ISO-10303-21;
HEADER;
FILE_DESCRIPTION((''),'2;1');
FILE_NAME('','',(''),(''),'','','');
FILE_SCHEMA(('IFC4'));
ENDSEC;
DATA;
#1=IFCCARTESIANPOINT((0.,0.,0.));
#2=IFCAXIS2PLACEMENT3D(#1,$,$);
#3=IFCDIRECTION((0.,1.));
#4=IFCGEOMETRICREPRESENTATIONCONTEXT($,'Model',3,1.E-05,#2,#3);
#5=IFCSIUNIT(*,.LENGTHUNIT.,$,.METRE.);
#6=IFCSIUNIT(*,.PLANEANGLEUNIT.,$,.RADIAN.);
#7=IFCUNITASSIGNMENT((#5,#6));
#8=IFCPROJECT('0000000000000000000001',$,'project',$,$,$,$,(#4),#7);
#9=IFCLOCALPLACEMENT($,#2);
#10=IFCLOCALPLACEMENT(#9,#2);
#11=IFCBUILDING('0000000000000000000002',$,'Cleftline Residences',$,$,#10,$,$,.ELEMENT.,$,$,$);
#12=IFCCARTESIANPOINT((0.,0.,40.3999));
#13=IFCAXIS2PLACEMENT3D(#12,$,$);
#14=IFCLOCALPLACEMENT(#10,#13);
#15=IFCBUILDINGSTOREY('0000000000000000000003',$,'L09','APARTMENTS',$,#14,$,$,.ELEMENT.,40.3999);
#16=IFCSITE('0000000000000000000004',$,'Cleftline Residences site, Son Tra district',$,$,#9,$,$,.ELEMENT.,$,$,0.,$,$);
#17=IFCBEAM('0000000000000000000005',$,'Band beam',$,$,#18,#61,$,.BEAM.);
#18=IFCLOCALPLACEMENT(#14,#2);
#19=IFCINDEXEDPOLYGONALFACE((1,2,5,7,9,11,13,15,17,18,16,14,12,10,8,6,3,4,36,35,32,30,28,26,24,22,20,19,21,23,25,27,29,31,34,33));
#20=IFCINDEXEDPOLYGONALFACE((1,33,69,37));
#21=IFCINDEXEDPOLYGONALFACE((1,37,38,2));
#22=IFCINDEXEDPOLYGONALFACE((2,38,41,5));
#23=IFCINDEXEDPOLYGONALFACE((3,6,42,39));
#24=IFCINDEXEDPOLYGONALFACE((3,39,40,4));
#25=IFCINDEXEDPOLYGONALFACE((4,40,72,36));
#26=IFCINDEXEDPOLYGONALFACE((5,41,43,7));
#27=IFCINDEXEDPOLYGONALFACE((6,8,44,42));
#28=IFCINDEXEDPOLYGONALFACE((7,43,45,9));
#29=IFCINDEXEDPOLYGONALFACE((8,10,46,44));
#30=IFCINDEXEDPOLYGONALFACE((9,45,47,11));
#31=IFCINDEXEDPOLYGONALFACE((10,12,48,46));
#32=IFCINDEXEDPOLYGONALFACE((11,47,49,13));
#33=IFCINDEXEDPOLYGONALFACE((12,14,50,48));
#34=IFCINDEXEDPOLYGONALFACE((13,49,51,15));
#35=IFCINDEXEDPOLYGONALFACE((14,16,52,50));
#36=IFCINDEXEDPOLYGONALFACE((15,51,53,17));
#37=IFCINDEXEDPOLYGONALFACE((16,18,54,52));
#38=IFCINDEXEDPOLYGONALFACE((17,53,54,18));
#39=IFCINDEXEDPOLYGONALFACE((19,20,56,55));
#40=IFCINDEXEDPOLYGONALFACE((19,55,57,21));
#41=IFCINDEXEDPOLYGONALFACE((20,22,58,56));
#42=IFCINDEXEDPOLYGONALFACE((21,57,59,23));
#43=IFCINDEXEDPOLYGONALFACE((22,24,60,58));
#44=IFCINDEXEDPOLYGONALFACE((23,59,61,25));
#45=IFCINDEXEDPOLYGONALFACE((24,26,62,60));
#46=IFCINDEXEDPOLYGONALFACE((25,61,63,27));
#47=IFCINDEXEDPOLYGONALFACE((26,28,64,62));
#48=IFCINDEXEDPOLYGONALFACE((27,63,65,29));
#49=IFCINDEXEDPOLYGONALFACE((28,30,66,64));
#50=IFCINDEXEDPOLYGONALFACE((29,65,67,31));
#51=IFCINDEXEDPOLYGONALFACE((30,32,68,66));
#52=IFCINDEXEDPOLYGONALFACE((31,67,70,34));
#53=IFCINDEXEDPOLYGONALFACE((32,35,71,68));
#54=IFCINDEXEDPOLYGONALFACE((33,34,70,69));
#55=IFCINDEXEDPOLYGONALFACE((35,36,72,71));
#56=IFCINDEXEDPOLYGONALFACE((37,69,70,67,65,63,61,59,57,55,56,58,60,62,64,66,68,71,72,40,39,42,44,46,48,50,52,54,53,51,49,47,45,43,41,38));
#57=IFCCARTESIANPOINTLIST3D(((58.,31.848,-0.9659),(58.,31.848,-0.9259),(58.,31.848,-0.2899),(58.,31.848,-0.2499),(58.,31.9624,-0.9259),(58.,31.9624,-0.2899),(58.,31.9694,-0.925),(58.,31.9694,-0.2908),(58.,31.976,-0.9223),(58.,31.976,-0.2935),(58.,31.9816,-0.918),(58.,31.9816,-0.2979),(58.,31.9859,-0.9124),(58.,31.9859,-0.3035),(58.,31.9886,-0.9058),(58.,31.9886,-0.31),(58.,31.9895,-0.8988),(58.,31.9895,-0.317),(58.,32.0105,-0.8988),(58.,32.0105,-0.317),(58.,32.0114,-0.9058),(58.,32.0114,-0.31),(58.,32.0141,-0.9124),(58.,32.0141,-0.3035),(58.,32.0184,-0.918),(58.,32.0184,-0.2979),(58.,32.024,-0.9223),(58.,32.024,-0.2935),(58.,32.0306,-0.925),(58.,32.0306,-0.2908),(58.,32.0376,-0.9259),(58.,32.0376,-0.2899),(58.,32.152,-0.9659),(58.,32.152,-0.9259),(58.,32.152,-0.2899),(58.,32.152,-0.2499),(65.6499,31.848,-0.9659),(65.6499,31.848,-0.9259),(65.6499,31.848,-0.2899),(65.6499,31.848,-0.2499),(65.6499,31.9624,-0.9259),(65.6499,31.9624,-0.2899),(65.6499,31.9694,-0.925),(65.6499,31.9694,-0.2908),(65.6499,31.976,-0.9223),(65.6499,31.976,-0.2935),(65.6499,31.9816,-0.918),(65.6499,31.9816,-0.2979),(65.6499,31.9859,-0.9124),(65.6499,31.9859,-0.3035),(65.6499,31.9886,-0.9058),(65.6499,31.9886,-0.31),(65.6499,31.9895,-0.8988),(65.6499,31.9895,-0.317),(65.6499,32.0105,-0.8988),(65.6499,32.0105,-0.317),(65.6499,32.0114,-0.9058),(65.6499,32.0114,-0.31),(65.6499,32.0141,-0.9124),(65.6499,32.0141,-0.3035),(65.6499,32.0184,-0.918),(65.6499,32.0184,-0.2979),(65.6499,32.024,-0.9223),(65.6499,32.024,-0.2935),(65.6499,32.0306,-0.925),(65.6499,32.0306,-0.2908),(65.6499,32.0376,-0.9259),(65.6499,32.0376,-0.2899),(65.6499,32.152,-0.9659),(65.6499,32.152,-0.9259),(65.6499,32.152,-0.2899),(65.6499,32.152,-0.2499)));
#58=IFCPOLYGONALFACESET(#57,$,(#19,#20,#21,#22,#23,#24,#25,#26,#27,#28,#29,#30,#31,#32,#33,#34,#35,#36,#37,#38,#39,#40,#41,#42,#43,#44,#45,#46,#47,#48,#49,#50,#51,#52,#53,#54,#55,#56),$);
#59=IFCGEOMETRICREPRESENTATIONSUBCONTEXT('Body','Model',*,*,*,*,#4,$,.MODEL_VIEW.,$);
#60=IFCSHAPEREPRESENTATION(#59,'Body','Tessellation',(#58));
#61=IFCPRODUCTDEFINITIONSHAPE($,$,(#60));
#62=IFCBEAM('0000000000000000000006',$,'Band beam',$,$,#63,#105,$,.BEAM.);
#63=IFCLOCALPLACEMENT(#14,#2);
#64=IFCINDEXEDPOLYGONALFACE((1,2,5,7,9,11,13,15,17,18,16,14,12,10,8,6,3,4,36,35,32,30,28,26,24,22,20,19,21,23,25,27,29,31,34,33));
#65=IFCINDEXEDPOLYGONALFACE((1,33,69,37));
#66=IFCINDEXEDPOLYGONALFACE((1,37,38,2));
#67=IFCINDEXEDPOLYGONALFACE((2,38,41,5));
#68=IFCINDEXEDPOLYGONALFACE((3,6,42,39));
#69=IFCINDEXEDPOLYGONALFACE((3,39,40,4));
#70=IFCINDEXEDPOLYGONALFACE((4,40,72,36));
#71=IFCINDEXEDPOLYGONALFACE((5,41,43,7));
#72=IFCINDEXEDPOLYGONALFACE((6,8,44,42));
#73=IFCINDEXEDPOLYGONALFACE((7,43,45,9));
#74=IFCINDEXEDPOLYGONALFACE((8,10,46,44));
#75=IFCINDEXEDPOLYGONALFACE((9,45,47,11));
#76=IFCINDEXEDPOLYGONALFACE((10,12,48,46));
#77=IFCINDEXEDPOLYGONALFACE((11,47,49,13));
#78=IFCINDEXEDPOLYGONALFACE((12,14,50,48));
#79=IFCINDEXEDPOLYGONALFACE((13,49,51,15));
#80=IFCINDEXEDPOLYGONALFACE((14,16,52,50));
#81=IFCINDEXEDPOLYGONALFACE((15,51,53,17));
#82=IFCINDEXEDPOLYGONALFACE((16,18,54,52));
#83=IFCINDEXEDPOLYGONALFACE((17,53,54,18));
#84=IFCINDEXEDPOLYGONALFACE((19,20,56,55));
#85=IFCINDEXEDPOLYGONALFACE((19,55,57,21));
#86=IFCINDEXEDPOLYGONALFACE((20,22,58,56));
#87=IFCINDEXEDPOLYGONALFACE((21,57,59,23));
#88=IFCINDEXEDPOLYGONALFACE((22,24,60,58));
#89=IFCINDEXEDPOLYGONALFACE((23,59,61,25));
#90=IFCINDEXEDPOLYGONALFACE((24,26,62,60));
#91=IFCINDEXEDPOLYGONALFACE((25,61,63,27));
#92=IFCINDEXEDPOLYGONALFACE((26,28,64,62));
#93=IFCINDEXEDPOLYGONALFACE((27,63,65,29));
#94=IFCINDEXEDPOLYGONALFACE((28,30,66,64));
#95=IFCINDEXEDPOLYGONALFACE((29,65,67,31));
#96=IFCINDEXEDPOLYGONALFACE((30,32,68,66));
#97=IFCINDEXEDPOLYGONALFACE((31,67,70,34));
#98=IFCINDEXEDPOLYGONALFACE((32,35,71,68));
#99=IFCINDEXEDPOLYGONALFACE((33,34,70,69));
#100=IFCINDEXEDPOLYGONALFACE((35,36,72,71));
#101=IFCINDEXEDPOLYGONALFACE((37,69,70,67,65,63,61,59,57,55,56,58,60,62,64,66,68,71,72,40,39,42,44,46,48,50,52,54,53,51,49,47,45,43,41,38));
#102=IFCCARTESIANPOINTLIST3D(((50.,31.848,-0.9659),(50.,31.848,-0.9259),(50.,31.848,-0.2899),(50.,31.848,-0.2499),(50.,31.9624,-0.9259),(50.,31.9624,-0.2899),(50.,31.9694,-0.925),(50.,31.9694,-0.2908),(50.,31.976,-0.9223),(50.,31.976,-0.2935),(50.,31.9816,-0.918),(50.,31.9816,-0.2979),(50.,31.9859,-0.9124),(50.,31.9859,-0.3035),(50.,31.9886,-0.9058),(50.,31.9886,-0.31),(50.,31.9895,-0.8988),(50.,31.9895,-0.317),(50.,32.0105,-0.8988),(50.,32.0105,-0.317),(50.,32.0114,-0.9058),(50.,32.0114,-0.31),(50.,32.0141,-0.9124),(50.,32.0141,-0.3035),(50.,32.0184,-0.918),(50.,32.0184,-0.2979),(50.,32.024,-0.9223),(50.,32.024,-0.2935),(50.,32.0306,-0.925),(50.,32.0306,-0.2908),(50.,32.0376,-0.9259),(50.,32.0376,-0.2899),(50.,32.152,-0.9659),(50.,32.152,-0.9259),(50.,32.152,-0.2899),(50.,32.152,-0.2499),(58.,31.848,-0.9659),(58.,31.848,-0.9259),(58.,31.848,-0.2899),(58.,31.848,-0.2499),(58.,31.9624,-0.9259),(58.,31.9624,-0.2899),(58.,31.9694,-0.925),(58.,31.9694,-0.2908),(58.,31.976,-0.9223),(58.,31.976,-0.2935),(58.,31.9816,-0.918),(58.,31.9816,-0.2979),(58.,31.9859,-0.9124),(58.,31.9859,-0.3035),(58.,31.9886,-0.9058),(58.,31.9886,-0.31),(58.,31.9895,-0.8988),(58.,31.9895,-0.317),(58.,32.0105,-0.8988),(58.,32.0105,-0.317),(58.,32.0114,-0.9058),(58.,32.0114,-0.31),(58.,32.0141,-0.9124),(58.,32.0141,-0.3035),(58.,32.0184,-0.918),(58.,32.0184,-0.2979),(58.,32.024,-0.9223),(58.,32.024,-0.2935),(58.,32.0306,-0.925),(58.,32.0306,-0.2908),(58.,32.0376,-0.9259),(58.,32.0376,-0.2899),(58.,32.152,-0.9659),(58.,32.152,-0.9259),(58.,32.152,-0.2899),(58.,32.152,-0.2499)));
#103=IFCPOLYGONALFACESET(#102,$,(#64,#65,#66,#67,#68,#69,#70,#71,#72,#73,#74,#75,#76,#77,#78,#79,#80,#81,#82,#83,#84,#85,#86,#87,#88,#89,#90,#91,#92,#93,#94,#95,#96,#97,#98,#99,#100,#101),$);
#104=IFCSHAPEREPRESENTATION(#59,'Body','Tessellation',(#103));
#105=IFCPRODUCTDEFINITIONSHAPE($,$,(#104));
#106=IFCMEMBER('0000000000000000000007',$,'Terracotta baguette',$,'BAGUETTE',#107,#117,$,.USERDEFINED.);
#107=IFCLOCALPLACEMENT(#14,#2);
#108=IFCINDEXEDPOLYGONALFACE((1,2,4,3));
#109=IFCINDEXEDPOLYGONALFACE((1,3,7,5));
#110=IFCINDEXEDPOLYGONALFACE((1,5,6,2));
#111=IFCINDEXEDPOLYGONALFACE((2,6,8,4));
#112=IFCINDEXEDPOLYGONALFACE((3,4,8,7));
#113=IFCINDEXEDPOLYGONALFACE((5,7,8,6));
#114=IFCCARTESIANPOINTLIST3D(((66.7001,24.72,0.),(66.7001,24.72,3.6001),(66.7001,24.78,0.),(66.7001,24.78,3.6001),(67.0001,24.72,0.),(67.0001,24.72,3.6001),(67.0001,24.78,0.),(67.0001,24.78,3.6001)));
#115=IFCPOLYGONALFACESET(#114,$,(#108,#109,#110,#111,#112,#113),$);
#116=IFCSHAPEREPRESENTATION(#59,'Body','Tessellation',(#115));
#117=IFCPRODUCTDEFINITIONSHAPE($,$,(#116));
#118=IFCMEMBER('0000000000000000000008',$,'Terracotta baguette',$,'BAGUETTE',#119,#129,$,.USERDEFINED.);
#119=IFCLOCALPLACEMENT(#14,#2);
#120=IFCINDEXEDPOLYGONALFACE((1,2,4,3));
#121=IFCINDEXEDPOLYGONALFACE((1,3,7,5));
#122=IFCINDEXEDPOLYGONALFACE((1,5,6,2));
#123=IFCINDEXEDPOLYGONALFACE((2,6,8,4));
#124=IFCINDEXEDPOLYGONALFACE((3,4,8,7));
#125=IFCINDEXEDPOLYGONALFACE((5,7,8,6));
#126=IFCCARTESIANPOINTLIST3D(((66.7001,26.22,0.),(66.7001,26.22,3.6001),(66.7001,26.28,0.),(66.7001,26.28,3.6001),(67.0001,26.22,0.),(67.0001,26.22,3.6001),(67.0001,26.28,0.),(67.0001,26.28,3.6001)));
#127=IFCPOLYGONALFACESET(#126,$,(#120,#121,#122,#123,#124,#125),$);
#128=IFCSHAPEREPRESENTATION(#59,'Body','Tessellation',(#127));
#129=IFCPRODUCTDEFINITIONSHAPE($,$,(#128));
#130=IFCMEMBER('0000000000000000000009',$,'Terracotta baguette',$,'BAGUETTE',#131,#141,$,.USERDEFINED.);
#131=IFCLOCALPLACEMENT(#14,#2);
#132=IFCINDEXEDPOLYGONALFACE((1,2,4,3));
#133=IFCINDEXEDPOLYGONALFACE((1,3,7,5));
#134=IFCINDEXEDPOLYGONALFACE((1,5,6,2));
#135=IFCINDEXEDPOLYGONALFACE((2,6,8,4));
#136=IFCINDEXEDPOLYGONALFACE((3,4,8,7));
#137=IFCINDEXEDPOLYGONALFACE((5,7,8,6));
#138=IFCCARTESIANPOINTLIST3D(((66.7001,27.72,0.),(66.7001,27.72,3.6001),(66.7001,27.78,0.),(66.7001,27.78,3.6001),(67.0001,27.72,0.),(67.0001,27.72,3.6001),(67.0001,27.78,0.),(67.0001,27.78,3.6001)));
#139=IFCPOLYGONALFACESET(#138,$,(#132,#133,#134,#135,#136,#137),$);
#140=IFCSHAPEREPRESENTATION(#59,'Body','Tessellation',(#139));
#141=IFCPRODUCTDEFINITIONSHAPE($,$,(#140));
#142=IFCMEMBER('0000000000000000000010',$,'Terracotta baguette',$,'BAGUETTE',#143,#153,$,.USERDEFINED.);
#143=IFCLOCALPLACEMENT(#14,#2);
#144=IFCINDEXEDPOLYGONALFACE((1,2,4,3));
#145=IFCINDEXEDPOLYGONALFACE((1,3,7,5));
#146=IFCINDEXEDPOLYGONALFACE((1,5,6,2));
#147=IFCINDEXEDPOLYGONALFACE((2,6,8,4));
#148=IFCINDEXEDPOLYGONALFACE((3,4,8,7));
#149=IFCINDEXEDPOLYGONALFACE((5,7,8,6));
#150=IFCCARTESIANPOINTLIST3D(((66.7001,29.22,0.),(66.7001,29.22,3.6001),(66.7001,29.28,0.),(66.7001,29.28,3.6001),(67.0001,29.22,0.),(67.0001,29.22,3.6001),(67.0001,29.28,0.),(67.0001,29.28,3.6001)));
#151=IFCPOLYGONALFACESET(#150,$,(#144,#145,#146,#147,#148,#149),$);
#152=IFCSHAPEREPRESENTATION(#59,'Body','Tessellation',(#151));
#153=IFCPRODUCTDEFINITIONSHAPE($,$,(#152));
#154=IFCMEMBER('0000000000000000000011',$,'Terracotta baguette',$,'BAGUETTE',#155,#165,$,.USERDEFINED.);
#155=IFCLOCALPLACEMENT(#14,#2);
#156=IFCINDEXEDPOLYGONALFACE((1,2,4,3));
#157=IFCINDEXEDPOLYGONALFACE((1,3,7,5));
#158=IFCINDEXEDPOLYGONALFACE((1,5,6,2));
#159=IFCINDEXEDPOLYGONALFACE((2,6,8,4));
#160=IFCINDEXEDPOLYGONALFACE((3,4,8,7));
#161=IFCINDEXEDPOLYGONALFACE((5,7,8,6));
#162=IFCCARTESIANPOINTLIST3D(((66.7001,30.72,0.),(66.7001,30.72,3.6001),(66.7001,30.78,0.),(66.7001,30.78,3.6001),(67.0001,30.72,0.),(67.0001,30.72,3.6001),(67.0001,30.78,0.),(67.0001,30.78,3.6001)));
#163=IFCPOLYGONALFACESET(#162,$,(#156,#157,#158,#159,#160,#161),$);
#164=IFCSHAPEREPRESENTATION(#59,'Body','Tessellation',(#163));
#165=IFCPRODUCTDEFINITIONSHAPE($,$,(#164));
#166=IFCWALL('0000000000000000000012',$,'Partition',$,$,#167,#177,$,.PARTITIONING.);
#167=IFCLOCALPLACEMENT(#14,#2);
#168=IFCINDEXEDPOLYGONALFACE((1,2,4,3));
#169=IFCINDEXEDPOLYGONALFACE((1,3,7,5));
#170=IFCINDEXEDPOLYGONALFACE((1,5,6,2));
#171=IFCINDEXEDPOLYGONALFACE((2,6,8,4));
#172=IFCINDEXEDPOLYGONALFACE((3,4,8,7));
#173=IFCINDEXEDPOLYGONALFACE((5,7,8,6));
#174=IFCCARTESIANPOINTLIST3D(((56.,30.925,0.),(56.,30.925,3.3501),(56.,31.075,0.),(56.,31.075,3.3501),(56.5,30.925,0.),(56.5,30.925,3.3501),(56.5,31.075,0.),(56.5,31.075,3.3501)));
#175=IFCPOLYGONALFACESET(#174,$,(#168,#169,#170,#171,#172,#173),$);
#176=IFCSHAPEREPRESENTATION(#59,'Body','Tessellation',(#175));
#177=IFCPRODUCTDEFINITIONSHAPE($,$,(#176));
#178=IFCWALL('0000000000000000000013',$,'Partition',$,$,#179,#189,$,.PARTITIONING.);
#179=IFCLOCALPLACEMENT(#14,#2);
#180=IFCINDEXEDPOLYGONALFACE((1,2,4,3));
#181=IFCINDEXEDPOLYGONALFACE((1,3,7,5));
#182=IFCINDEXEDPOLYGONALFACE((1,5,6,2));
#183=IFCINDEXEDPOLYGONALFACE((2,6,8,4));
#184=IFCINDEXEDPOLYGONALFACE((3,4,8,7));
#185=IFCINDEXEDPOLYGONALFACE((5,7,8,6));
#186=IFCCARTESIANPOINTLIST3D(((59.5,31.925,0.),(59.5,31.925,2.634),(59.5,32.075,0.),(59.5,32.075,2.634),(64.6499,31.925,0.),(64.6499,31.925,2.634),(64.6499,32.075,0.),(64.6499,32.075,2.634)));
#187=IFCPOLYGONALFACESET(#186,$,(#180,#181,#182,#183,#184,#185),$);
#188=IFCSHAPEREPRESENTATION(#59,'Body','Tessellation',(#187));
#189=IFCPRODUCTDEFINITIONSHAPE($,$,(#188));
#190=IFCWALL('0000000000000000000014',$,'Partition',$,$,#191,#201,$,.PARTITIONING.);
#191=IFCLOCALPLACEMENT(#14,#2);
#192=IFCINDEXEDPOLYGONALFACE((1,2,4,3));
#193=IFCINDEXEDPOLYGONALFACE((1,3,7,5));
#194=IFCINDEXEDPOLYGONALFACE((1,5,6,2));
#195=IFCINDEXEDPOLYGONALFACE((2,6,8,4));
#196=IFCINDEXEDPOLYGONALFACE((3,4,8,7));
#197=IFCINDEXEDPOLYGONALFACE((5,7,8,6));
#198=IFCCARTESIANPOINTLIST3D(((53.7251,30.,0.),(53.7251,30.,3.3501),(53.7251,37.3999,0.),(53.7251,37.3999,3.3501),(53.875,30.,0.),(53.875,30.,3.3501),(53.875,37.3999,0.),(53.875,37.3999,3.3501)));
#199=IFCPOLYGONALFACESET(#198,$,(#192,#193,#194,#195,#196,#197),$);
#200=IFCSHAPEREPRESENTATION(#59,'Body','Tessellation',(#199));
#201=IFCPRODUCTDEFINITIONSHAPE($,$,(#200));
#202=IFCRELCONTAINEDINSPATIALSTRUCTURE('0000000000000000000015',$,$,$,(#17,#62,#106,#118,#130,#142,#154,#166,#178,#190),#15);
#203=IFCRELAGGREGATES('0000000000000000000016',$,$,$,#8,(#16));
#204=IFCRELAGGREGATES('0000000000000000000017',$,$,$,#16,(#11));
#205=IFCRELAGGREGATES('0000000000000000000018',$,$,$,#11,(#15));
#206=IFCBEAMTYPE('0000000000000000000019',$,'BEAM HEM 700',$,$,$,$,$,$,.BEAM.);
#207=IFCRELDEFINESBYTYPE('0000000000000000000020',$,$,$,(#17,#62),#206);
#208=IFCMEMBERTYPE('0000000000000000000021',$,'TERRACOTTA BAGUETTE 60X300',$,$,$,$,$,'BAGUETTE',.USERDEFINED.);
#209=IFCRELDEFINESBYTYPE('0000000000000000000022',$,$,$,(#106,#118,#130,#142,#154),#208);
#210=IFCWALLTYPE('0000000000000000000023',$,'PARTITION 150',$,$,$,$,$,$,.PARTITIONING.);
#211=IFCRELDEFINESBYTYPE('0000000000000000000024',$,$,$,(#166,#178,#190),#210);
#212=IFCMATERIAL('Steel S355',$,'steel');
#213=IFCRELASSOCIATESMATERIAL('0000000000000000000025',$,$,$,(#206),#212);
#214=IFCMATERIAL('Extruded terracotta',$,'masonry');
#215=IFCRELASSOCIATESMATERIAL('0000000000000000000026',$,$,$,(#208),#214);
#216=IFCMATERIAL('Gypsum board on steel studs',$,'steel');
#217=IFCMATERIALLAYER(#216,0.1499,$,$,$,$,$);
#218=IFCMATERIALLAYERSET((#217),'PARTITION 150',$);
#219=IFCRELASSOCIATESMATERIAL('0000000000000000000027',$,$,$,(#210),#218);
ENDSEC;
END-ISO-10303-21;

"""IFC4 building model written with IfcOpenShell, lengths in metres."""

from ifc_helpers import new_model, si_unit, direction, frame, frame_2d, origin, origin_2d, place, context, subcontext, project, spatial, rectangle, i_section, extrude, material, layer, layer_set, material_profile, profile_set, type_object, element, save


model = new_model("IFC4")

# Units and contexts
model_context = context("Model", 3, precision=1e-05, world=origin(), true_north=direction((0.0, 1.0)))
body_context = subcontext(model_context, "Body", "Model", "MODEL_VIEW")
ifc_project = project(units=[si_unit("LENGTHUNIT", "METRE"), si_unit("PLANEANGLEUNIT", "RADIAN")], contexts=[model_context])

# Site, building, storey
site_placement = place(None, origin())
site = spatial("IfcSite", under=ifc_project, at=site_placement, Name="Cleftline Residences site, Son Tra district", CompositionType="ELEMENT", RefElevation=0.0)
building_placement = place(site_placement, origin())
building = spatial("IfcBuilding", under=site, at=building_placement, Name="Cleftline Residences", CompositionType="ELEMENT")
storey_placement = place(building_placement, frame((0.0, 0.0, 40.3999)))
storey = spatial("IfcBuildingStorey", under=building, at=storey_placement, Name="L09", Description="APARTMENTS", CompositionType="ELEMENT", Elevation=40.3999)

# Beams
ifc_material_1 = material(Name="Steel S355", Category="steel")
ifc_material_profile_1 = material_profile(ifc_material_1, i_section(OverallWidth=0.304, OverallDepth=0.7161, WebThickness=0.021, FlangeThickness=0.04, FilletRadius=0.0271, at=origin_2d()))
ifc_profile_set_1 = profile_set([ifc_material_profile_1], Name="Steel S355")
beam_type_1 = type_object("IfcBeamType", Name="BEAM HEM 700", PredefinedType="BEAM", material=ifc_profile_set_1)
beam_1_placement = place(storey_placement, frame((65.6499, 32.0, -0.6079), z_axis=(-1.0, 0.0, 0.0), x_axis=(0.0, -1.0, 0.0)))
element("IfcBeam", 1, at=beam_1_placement, inside=storey, type_object=beam_type_1, Name="Band beam", PredefinedType="BEAM", context=body_context, shape_type="SweptSolid", body=[
    extrude(i_section(OverallWidth=0.304, OverallDepth=0.7161, WebThickness=0.021, FlangeThickness=0.04, FilletRadius=0.0271, at=origin_2d()), origin(), (0.0, 0.0, 1.0), 7.6499),
])
beam_2_placement = place(storey_placement, frame((58.0, 32.0, -0.6079), z_axis=(-1.0, 0.0, 0.0), x_axis=(0.0, -1.0, 0.0)))
element("IfcBeam", 2, at=beam_2_placement, inside=storey, type_object=beam_type_1, Name="Band beam", PredefinedType="BEAM", context=body_context, shape_type="SweptSolid", body=[
    extrude(i_section(OverallWidth=0.304, OverallDepth=0.7161, WebThickness=0.021, FlangeThickness=0.04, FilletRadius=0.0271, at=origin_2d()), origin(), (0.0, 0.0, 1.0), 8.0),
])

# Members
ifc_material_2 = material(Name="Extruded terracotta", Category="masonry")
ifc_material_profile_2 = material_profile(ifc_material_2, rectangle(XDim=0.0601, YDim=0.3, at=origin_2d()))
ifc_profile_set_2 = profile_set([ifc_material_profile_2], Name="Extruded terracotta")
member_type_1 = type_object("IfcMemberType", Name="TERRACOTTA BAGUETTE 60X300", ElementType="BAGUETTE", PredefinedType="USERDEFINED", material=ifc_profile_set_2)
for number, where, z_axis, x_axis, name in (
    (3, (66.8501, 24.75, 0.0), (0.0, 0.0, 1.0), (0.0, 1.0, 0.0), "Terracotta baguette"),
    (4, (66.8501, 26.25, 0.0), (0.0, 0.0, 1.0), (0.0, 1.0, 0.0), "Terracotta baguette"),
    (5, (66.8501, 27.75, 0.0), (0.0, 0.0, 1.0), (0.0, 1.0, 0.0), "Terracotta baguette"),
    (6, (66.8501, 29.25, 0.0), (0.0, 0.0, 1.0), (0.0, 1.0, 0.0), "Terracotta baguette"),
    (7, (66.8501, 30.75, 0.0), (0.0, 0.0, 1.0), (0.0, 1.0, 0.0), "Terracotta baguette"),
):
    element("IfcMember", number, at=place(storey_placement, frame(where, z_axis=z_axis, x_axis=x_axis)), inside=storey, type_object=member_type_1, Name=name, ObjectType="BAGUETTE", PredefinedType="USERDEFINED", context=body_context, shape_type="SweptSolid", body=[
        extrude(rectangle(XDim=0.0601, YDim=0.3, at=origin_2d()), origin(), (0.0, 0.0, 1.0), 3.6001),
    ])

# Walls
ifc_material_3 = material(Name="Gypsum board on steel studs", Category="steel")
ifc_layer_1 = layer(ifc_material_3, 0.1499)
ifc_layer_set_1 = layer_set([ifc_layer_1], Name="PARTITION 150")
wall_type_1 = type_object("IfcWallType", Name="PARTITION 150", PredefinedType="PARTITIONING", material=ifc_layer_set_1)
wall_1_placement = place(storey_placement, frame((56.0, 31.0, 0.0), z_axis=(0.0, 0.0, 1.0), x_axis=(1.0, 0.0, 0.0)))
element("IfcWall", 8, at=wall_1_placement, inside=storey, type_object=wall_type_1, Name="Partition", PredefinedType="PARTITIONING", context=body_context, shape_type="SweptSolid", body=[
    extrude(rectangle(XDim=0.5, YDim=0.1499, at=frame_2d((0.25, 0.0))), origin(), (0.0, 0.0, 1.0), 3.3501),
])
wall_2_placement = place(storey_placement, frame((59.5, 32.0, 0.0), z_axis=(0.0, 0.0, 1.0), x_axis=(1.0, 0.0, 0.0)))
element("IfcWall", 9, at=wall_2_placement, inside=storey, type_object=wall_type_1, Name="Partition", PredefinedType="PARTITIONING", context=body_context, shape_type="SweptSolid", body=[
    extrude(rectangle(XDim=5.1499, YDim=0.1499, at=frame_2d((2.575, 0.0))), origin(), (0.0, 0.0, 1.0), 2.634),
])
wall_3_placement = place(storey_placement, frame((53.8, 30.0, 0.0), z_axis=(0.0, 0.0, 1.0), x_axis=(0.0, 1.0, 0.0)))
element("IfcWall", 10, at=wall_3_placement, inside=storey, type_object=wall_type_1, Name="Partition", PredefinedType="PARTITIONING", context=body_context, shape_type="SweptSolid", body=[
    extrude(rectangle(XDim=7.3999, YDim=0.1499, at=frame_2d((3.7, 0.0))), origin(), (0.0, 0.0, 1.0), 3.3501),
])

save(model, "model.ifc")
